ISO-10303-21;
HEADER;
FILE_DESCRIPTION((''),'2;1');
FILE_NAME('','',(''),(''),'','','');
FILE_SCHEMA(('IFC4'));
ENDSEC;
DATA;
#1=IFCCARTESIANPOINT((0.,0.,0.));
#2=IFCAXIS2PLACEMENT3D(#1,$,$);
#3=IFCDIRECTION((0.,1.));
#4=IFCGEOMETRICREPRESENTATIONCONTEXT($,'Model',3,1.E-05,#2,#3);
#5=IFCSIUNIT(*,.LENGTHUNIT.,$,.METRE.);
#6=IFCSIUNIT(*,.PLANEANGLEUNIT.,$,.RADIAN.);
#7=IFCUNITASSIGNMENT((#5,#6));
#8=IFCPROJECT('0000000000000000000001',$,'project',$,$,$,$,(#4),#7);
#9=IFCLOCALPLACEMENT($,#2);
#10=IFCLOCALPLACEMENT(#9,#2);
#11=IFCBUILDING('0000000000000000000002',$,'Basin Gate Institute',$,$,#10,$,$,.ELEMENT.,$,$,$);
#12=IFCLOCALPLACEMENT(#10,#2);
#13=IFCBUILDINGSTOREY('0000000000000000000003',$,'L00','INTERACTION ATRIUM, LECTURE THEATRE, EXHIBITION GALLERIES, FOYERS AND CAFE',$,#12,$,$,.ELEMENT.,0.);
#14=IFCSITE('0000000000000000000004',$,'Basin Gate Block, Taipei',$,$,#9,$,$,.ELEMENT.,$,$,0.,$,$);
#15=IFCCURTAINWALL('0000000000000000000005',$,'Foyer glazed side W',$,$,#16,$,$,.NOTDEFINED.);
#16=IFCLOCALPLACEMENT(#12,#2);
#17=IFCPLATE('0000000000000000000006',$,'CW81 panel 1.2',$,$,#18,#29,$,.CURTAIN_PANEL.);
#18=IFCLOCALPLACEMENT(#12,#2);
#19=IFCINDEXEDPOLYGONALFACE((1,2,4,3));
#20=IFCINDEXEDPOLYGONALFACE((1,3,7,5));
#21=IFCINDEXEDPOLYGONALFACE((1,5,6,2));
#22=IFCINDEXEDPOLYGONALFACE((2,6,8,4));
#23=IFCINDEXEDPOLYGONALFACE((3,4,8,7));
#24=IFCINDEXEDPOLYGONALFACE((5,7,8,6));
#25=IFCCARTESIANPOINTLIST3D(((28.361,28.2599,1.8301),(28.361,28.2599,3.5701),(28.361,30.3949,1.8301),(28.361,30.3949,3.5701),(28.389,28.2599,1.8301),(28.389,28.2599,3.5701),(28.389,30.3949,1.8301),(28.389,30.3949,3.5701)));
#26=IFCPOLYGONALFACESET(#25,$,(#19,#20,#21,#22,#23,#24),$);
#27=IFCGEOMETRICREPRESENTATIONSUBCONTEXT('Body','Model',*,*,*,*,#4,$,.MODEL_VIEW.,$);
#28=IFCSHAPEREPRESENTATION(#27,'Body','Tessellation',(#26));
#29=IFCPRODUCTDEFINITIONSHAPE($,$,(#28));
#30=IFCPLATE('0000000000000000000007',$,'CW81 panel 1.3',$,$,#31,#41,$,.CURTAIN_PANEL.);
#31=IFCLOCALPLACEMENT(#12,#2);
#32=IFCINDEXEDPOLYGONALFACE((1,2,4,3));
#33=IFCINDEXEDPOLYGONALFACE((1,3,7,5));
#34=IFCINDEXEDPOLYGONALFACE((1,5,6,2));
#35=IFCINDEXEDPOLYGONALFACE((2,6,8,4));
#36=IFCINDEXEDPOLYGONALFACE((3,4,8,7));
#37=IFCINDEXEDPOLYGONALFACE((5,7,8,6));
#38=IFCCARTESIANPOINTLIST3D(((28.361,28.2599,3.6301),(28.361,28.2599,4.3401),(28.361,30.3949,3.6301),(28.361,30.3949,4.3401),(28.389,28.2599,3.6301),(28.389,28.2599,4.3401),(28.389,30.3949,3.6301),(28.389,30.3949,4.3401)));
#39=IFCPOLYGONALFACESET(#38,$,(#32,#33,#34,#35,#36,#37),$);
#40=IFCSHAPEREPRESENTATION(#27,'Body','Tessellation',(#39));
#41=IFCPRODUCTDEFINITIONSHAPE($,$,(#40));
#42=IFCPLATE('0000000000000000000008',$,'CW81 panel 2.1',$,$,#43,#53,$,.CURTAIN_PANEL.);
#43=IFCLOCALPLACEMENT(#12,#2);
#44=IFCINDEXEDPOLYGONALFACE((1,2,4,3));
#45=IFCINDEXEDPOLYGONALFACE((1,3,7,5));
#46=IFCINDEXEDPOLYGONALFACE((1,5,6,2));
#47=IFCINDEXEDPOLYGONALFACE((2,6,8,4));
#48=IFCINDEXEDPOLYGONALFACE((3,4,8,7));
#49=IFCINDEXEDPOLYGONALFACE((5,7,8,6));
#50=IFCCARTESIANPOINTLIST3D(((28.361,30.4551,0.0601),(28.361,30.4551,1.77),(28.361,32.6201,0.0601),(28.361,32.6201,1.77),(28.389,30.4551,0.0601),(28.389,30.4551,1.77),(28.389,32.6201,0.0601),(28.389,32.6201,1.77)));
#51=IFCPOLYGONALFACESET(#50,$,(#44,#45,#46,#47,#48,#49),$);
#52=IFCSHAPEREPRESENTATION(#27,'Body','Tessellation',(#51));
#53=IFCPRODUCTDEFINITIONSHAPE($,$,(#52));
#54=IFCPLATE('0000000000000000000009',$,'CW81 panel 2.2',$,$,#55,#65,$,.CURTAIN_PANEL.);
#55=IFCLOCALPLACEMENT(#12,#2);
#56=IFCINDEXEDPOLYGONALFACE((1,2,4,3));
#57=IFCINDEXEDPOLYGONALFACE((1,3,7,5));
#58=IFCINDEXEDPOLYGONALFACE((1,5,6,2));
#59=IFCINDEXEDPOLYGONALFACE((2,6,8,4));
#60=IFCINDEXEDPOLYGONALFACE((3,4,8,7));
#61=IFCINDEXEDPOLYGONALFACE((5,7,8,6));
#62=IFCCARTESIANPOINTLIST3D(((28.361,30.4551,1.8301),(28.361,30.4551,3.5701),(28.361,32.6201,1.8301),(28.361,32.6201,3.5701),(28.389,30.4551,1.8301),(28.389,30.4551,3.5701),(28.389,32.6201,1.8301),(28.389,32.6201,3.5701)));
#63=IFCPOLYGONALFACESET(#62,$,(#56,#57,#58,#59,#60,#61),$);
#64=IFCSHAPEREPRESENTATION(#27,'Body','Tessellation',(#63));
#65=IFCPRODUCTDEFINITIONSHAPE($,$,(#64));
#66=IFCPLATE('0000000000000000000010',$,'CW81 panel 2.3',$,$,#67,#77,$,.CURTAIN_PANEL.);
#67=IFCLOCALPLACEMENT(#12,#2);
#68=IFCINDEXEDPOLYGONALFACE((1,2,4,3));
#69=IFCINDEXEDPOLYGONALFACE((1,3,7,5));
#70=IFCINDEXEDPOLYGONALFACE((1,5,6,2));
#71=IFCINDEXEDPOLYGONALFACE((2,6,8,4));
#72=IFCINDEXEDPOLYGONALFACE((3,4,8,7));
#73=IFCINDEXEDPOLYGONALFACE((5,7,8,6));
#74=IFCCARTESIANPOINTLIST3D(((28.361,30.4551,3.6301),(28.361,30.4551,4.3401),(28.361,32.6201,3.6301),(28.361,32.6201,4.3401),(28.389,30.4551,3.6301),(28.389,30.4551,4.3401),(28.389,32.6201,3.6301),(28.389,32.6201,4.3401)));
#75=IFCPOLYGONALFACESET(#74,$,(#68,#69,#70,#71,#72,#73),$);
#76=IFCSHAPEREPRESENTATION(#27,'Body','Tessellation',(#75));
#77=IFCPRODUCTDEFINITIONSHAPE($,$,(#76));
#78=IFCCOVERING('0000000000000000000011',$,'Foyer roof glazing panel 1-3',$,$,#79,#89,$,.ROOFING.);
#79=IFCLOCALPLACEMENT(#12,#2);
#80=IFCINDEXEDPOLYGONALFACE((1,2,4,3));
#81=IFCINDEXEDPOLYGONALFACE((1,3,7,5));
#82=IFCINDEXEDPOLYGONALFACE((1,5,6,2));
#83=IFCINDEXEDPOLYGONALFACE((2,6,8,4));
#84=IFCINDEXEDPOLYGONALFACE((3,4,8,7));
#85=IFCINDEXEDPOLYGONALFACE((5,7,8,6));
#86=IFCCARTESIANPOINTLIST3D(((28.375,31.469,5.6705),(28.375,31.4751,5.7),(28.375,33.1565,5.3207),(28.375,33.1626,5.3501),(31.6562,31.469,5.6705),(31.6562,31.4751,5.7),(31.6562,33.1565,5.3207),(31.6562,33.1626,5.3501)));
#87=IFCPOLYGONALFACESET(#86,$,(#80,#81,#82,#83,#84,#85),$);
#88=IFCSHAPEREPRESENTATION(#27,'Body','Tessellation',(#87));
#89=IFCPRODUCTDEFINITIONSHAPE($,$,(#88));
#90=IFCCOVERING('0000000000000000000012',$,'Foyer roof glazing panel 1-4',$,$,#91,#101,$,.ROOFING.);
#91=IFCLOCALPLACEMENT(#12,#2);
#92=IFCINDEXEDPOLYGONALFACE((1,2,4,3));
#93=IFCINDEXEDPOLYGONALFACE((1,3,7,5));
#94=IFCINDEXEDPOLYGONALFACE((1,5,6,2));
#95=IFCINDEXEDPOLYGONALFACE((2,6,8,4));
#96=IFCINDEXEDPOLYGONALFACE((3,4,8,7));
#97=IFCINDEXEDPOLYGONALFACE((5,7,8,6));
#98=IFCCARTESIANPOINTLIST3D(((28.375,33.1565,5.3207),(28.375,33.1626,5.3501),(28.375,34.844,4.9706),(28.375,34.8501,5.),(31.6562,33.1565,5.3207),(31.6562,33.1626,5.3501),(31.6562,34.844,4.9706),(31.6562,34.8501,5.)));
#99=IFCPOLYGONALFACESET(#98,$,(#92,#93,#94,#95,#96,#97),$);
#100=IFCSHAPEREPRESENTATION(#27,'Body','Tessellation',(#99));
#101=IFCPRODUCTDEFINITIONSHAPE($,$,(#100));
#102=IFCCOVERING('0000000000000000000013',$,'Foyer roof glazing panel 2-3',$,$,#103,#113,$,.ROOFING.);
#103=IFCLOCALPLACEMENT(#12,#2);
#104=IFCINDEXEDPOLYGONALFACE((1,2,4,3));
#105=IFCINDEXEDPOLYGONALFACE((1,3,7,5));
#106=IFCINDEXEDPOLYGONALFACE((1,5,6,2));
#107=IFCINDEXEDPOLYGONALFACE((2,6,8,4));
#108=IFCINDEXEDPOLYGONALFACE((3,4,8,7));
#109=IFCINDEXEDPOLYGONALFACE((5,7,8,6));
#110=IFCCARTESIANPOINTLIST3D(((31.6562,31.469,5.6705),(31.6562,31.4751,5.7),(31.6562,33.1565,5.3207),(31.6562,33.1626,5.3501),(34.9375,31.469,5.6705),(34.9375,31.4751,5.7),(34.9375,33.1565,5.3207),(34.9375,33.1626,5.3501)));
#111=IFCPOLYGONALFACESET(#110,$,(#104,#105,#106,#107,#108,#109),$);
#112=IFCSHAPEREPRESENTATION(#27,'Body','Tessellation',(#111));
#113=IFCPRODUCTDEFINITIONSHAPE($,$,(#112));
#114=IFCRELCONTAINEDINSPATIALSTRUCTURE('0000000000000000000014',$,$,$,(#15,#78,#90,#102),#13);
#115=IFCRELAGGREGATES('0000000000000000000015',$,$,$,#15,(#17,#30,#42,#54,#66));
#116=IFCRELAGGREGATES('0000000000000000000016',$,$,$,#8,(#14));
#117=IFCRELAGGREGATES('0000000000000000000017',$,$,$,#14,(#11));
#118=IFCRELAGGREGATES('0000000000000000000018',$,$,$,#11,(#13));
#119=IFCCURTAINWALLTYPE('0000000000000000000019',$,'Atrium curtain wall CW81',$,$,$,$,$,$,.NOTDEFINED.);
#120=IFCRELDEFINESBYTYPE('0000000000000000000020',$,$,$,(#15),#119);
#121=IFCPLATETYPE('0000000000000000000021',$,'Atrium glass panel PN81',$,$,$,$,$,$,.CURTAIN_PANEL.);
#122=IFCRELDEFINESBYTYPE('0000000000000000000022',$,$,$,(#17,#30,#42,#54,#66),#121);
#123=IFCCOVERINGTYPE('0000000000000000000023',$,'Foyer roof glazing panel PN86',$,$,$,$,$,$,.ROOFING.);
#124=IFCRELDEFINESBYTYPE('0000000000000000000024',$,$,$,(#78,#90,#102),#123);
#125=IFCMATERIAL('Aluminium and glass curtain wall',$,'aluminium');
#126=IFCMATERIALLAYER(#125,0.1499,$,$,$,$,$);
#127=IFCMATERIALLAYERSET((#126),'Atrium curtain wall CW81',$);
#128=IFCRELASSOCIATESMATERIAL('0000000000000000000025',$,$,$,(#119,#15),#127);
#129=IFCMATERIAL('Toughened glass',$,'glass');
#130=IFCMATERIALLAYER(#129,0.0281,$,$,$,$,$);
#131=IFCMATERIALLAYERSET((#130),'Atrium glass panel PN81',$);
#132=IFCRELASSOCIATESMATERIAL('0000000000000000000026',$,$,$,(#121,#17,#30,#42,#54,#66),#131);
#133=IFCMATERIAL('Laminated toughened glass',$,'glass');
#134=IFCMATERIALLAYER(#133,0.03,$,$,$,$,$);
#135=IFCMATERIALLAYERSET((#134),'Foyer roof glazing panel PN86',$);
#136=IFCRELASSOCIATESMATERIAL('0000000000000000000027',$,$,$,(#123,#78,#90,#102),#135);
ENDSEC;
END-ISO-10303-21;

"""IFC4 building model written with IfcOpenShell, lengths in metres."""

from ifc_helpers import new_model, si_unit, direction, frame, origin, origin_2d, place, context, subcontext, project, spatial, polyline, rectangle, outline, extrude, material, layer, layer_set, type_object, element, aggregate, save


model = new_model("IFC4")

# Units and contexts
model_context = context("Model", 3, precision=1e-05, world=origin(), true_north=direction((0.0, 1.0)))
body_context = subcontext(model_context, "Body", "Model", "MODEL_VIEW")
ifc_project = project(units=[si_unit("LENGTHUNIT", "METRE"), si_unit("PLANEANGLEUNIT", "RADIAN")], contexts=[model_context])

# Site, building, storey
site_placement = place(None, origin())
site = spatial("IfcSite", under=ifc_project, at=site_placement, Name="Basin Gate Block, Taipei", CompositionType="ELEMENT", RefElevation=0.0)
building_placement = place(site_placement, origin())
building = spatial("IfcBuilding", under=site, at=building_placement, Name="Basin Gate Institute", CompositionType="ELEMENT")
storey_placement = place(building_placement, origin())
storey = spatial("IfcBuildingStorey", under=building, at=storey_placement, Name="L00", Description="INTERACTION ATRIUM, LECTURE THEATRE, EXHIBITION GALLERIES, FOYERS AND CAFE", CompositionType="ELEMENT", Elevation=0.0)

# Curtain wall, plates
ifc_material_1 = material(Name="Aluminium and glass curtain wall", Category="aluminium")
ifc_layer_1 = layer(ifc_material_1, 0.1499)
ifc_layer_set_1 = layer_set([ifc_layer_1], Name="Atrium curtain wall CW81")
curtain_wall_type = type_object("IfcCurtainWallType", Name="Atrium curtain wall CW81", PredefinedType="NOTDEFINED", material=ifc_layer_set_1)
curtain_wall_placement = place(storey_placement, origin())
curtain_wall = element("IfcCurtainWall", 1, at=curtain_wall_placement, inside=storey, type_object=curtain_wall_type, material=ifc_layer_set_1, Name="Foyer glazed side W", PredefinedType="NOTDEFINED")
ifc_material_2 = material(Name="Toughened glass", Category="glass")
ifc_layer_2 = layer(ifc_material_2, 0.0281)
ifc_layer_set_2 = layer_set([ifc_layer_2], Name="Atrium glass panel PN81")
plate_type = type_object("IfcPlateType", Name="Atrium glass panel PN81", PredefinedType="CURTAIN_PANEL", material=ifc_layer_set_2)
plate_1_placement = place(storey_placement, frame((28.375, 29.3274, 1.8301), z_axis=(0.0, 0.0, 1.0), x_axis=(0.0, 1.0, 0.0)))
plate_1 = element("IfcPlate", 2, at=plate_1_placement, type_object=plate_type, material=ifc_layer_set_2, Name="CW81 panel 1.2", PredefinedType="CURTAIN_PANEL", context=body_context, shape_type="SweptSolid", body=[
    extrude(rectangle(XDim=2.135, YDim=0.0281, at=origin_2d()), origin(), (0.0, 0.0, 1.0), 1.74),
])
plate_2_placement = place(storey_placement, frame((28.375, 29.3274, 3.6301), z_axis=(0.0, 0.0, 1.0), x_axis=(0.0, 1.0, 0.0)))
plate_2 = element("IfcPlate", 3, at=plate_2_placement, type_object=plate_type, material=ifc_layer_set_2, Name="CW81 panel 1.3", PredefinedType="CURTAIN_PANEL", context=body_context, shape_type="SweptSolid", body=[
    extrude(rectangle(XDim=2.135, YDim=0.0281, at=origin_2d()), origin(), (0.0, 0.0, 1.0), 0.71),
])
plate_3_placement = place(storey_placement, frame((28.375, 31.5376, 0.0601), z_axis=(0.0, 0.0, 1.0), x_axis=(0.0, 1.0, 0.0)))
plate_3 = element("IfcPlate", 4, at=plate_3_placement, type_object=plate_type, material=ifc_layer_set_2, Name="CW81 panel 2.1", PredefinedType="CURTAIN_PANEL", context=body_context, shape_type="SweptSolid", body=[
    extrude(rectangle(XDim=2.165, YDim=0.0281, at=origin_2d()), origin(), (0.0, 0.0, 1.0), 1.71),
])
plate_4_placement = place(storey_placement, frame((28.375, 31.5376, 1.8301), z_axis=(0.0, 0.0, 1.0), x_axis=(0.0, 1.0, 0.0)))
plate_4 = element("IfcPlate", 5, at=plate_4_placement, type_object=plate_type, material=ifc_layer_set_2, Name="CW81 panel 2.2", PredefinedType="CURTAIN_PANEL", context=body_context, shape_type="SweptSolid", body=[
    extrude(rectangle(XDim=2.165, YDim=0.0281, at=origin_2d()), origin(), (0.0, 0.0, 1.0), 1.74),
])
plate_5_placement = place(storey_placement, frame((28.375, 31.5376, 3.6301), z_axis=(0.0, 0.0, 1.0), x_axis=(0.0, 1.0, 0.0)))
plate_5 = element("IfcPlate", 6, at=plate_5_placement, type_object=plate_type, material=ifc_layer_set_2, Name="CW81 panel 2.3", PredefinedType="CURTAIN_PANEL", context=body_context, shape_type="SweptSolid", body=[
    extrude(rectangle(XDim=2.165, YDim=0.0281, at=origin_2d()), origin(), (0.0, 0.0, 1.0), 0.71),
])
aggregate(curtain_wall, [plate_1, plate_2, plate_3, plate_4, plate_5])

# Coverings
ifc_material_3 = material(Name="Laminated toughened glass", Category="glass")
ifc_layer_3 = layer(ifc_material_3, 0.03)
ifc_layer_set_3 = layer_set([ifc_layer_3], Name="Foyer roof glazing panel PN86")
covering_type = type_object("IfcCoveringType", Name="Foyer roof glazing panel PN86", PredefinedType="ROOFING", material=ifc_layer_set_3)
covering_1_placement = place(storey_placement, frame((28.375, 31.4751, 5.7), z_axis=(0.0, 0.203004, 0.979178), x_axis=(1.0, 0.0, 0.0)))
element("IfcCovering", 7, at=covering_1_placement, inside=storey, type_object=covering_type, material=ifc_layer_set_3, Name="Foyer roof glazing panel 1-3", PredefinedType="ROOFING", context=body_context, shape_type="SweptSolid", body=[
    extrude(outline(polyline([(0.0, 0.0), (3.2812, 0.0), (3.2812, 1.7234), (0.0, 1.7234), (0.0, 0.0)])), origin(), (0.0, 0.0, -1.0), 0.03),
])
covering_2_placement = place(storey_placement, frame((28.375, 33.1626, 5.3501), z_axis=(0.0, 0.20314, 0.97915), x_axis=(1.0, 0.0, 0.0)))
element("IfcCovering", 8, at=covering_2_placement, inside=storey, type_object=covering_type, material=ifc_layer_set_3, Name="Foyer roof glazing panel 1-4", PredefinedType="ROOFING", context=body_context, shape_type="SweptSolid", body=[
    extrude(outline(polyline([(0.0, 0.0), (3.2812, 0.0), (3.2812, 1.7234), (0.0, 1.7234), (0.0, 0.0)])), origin(), (0.0, 0.0, -1.0), 0.03),
])
covering_3_placement = place(storey_placement, frame((31.6562, 31.4751, 5.7), z_axis=(0.0, 0.203004, 0.979178), x_axis=(1.0, 0.0, 0.0)))
element("IfcCovering", 9, at=covering_3_placement, inside=storey, type_object=covering_type, material=ifc_layer_set_3, Name="Foyer roof glazing panel 2-3", PredefinedType="ROOFING", context=body_context, shape_type="SweptSolid", body=[
    extrude(outline(polyline([(0.0, 0.0), (3.2812, 0.0), (3.2812, 1.7234), (0.0, 1.7234), (0.0, 0.0)])), origin(), (0.0, 0.0, -1.0), 0.03),
])

save(model, "model.ifc")
